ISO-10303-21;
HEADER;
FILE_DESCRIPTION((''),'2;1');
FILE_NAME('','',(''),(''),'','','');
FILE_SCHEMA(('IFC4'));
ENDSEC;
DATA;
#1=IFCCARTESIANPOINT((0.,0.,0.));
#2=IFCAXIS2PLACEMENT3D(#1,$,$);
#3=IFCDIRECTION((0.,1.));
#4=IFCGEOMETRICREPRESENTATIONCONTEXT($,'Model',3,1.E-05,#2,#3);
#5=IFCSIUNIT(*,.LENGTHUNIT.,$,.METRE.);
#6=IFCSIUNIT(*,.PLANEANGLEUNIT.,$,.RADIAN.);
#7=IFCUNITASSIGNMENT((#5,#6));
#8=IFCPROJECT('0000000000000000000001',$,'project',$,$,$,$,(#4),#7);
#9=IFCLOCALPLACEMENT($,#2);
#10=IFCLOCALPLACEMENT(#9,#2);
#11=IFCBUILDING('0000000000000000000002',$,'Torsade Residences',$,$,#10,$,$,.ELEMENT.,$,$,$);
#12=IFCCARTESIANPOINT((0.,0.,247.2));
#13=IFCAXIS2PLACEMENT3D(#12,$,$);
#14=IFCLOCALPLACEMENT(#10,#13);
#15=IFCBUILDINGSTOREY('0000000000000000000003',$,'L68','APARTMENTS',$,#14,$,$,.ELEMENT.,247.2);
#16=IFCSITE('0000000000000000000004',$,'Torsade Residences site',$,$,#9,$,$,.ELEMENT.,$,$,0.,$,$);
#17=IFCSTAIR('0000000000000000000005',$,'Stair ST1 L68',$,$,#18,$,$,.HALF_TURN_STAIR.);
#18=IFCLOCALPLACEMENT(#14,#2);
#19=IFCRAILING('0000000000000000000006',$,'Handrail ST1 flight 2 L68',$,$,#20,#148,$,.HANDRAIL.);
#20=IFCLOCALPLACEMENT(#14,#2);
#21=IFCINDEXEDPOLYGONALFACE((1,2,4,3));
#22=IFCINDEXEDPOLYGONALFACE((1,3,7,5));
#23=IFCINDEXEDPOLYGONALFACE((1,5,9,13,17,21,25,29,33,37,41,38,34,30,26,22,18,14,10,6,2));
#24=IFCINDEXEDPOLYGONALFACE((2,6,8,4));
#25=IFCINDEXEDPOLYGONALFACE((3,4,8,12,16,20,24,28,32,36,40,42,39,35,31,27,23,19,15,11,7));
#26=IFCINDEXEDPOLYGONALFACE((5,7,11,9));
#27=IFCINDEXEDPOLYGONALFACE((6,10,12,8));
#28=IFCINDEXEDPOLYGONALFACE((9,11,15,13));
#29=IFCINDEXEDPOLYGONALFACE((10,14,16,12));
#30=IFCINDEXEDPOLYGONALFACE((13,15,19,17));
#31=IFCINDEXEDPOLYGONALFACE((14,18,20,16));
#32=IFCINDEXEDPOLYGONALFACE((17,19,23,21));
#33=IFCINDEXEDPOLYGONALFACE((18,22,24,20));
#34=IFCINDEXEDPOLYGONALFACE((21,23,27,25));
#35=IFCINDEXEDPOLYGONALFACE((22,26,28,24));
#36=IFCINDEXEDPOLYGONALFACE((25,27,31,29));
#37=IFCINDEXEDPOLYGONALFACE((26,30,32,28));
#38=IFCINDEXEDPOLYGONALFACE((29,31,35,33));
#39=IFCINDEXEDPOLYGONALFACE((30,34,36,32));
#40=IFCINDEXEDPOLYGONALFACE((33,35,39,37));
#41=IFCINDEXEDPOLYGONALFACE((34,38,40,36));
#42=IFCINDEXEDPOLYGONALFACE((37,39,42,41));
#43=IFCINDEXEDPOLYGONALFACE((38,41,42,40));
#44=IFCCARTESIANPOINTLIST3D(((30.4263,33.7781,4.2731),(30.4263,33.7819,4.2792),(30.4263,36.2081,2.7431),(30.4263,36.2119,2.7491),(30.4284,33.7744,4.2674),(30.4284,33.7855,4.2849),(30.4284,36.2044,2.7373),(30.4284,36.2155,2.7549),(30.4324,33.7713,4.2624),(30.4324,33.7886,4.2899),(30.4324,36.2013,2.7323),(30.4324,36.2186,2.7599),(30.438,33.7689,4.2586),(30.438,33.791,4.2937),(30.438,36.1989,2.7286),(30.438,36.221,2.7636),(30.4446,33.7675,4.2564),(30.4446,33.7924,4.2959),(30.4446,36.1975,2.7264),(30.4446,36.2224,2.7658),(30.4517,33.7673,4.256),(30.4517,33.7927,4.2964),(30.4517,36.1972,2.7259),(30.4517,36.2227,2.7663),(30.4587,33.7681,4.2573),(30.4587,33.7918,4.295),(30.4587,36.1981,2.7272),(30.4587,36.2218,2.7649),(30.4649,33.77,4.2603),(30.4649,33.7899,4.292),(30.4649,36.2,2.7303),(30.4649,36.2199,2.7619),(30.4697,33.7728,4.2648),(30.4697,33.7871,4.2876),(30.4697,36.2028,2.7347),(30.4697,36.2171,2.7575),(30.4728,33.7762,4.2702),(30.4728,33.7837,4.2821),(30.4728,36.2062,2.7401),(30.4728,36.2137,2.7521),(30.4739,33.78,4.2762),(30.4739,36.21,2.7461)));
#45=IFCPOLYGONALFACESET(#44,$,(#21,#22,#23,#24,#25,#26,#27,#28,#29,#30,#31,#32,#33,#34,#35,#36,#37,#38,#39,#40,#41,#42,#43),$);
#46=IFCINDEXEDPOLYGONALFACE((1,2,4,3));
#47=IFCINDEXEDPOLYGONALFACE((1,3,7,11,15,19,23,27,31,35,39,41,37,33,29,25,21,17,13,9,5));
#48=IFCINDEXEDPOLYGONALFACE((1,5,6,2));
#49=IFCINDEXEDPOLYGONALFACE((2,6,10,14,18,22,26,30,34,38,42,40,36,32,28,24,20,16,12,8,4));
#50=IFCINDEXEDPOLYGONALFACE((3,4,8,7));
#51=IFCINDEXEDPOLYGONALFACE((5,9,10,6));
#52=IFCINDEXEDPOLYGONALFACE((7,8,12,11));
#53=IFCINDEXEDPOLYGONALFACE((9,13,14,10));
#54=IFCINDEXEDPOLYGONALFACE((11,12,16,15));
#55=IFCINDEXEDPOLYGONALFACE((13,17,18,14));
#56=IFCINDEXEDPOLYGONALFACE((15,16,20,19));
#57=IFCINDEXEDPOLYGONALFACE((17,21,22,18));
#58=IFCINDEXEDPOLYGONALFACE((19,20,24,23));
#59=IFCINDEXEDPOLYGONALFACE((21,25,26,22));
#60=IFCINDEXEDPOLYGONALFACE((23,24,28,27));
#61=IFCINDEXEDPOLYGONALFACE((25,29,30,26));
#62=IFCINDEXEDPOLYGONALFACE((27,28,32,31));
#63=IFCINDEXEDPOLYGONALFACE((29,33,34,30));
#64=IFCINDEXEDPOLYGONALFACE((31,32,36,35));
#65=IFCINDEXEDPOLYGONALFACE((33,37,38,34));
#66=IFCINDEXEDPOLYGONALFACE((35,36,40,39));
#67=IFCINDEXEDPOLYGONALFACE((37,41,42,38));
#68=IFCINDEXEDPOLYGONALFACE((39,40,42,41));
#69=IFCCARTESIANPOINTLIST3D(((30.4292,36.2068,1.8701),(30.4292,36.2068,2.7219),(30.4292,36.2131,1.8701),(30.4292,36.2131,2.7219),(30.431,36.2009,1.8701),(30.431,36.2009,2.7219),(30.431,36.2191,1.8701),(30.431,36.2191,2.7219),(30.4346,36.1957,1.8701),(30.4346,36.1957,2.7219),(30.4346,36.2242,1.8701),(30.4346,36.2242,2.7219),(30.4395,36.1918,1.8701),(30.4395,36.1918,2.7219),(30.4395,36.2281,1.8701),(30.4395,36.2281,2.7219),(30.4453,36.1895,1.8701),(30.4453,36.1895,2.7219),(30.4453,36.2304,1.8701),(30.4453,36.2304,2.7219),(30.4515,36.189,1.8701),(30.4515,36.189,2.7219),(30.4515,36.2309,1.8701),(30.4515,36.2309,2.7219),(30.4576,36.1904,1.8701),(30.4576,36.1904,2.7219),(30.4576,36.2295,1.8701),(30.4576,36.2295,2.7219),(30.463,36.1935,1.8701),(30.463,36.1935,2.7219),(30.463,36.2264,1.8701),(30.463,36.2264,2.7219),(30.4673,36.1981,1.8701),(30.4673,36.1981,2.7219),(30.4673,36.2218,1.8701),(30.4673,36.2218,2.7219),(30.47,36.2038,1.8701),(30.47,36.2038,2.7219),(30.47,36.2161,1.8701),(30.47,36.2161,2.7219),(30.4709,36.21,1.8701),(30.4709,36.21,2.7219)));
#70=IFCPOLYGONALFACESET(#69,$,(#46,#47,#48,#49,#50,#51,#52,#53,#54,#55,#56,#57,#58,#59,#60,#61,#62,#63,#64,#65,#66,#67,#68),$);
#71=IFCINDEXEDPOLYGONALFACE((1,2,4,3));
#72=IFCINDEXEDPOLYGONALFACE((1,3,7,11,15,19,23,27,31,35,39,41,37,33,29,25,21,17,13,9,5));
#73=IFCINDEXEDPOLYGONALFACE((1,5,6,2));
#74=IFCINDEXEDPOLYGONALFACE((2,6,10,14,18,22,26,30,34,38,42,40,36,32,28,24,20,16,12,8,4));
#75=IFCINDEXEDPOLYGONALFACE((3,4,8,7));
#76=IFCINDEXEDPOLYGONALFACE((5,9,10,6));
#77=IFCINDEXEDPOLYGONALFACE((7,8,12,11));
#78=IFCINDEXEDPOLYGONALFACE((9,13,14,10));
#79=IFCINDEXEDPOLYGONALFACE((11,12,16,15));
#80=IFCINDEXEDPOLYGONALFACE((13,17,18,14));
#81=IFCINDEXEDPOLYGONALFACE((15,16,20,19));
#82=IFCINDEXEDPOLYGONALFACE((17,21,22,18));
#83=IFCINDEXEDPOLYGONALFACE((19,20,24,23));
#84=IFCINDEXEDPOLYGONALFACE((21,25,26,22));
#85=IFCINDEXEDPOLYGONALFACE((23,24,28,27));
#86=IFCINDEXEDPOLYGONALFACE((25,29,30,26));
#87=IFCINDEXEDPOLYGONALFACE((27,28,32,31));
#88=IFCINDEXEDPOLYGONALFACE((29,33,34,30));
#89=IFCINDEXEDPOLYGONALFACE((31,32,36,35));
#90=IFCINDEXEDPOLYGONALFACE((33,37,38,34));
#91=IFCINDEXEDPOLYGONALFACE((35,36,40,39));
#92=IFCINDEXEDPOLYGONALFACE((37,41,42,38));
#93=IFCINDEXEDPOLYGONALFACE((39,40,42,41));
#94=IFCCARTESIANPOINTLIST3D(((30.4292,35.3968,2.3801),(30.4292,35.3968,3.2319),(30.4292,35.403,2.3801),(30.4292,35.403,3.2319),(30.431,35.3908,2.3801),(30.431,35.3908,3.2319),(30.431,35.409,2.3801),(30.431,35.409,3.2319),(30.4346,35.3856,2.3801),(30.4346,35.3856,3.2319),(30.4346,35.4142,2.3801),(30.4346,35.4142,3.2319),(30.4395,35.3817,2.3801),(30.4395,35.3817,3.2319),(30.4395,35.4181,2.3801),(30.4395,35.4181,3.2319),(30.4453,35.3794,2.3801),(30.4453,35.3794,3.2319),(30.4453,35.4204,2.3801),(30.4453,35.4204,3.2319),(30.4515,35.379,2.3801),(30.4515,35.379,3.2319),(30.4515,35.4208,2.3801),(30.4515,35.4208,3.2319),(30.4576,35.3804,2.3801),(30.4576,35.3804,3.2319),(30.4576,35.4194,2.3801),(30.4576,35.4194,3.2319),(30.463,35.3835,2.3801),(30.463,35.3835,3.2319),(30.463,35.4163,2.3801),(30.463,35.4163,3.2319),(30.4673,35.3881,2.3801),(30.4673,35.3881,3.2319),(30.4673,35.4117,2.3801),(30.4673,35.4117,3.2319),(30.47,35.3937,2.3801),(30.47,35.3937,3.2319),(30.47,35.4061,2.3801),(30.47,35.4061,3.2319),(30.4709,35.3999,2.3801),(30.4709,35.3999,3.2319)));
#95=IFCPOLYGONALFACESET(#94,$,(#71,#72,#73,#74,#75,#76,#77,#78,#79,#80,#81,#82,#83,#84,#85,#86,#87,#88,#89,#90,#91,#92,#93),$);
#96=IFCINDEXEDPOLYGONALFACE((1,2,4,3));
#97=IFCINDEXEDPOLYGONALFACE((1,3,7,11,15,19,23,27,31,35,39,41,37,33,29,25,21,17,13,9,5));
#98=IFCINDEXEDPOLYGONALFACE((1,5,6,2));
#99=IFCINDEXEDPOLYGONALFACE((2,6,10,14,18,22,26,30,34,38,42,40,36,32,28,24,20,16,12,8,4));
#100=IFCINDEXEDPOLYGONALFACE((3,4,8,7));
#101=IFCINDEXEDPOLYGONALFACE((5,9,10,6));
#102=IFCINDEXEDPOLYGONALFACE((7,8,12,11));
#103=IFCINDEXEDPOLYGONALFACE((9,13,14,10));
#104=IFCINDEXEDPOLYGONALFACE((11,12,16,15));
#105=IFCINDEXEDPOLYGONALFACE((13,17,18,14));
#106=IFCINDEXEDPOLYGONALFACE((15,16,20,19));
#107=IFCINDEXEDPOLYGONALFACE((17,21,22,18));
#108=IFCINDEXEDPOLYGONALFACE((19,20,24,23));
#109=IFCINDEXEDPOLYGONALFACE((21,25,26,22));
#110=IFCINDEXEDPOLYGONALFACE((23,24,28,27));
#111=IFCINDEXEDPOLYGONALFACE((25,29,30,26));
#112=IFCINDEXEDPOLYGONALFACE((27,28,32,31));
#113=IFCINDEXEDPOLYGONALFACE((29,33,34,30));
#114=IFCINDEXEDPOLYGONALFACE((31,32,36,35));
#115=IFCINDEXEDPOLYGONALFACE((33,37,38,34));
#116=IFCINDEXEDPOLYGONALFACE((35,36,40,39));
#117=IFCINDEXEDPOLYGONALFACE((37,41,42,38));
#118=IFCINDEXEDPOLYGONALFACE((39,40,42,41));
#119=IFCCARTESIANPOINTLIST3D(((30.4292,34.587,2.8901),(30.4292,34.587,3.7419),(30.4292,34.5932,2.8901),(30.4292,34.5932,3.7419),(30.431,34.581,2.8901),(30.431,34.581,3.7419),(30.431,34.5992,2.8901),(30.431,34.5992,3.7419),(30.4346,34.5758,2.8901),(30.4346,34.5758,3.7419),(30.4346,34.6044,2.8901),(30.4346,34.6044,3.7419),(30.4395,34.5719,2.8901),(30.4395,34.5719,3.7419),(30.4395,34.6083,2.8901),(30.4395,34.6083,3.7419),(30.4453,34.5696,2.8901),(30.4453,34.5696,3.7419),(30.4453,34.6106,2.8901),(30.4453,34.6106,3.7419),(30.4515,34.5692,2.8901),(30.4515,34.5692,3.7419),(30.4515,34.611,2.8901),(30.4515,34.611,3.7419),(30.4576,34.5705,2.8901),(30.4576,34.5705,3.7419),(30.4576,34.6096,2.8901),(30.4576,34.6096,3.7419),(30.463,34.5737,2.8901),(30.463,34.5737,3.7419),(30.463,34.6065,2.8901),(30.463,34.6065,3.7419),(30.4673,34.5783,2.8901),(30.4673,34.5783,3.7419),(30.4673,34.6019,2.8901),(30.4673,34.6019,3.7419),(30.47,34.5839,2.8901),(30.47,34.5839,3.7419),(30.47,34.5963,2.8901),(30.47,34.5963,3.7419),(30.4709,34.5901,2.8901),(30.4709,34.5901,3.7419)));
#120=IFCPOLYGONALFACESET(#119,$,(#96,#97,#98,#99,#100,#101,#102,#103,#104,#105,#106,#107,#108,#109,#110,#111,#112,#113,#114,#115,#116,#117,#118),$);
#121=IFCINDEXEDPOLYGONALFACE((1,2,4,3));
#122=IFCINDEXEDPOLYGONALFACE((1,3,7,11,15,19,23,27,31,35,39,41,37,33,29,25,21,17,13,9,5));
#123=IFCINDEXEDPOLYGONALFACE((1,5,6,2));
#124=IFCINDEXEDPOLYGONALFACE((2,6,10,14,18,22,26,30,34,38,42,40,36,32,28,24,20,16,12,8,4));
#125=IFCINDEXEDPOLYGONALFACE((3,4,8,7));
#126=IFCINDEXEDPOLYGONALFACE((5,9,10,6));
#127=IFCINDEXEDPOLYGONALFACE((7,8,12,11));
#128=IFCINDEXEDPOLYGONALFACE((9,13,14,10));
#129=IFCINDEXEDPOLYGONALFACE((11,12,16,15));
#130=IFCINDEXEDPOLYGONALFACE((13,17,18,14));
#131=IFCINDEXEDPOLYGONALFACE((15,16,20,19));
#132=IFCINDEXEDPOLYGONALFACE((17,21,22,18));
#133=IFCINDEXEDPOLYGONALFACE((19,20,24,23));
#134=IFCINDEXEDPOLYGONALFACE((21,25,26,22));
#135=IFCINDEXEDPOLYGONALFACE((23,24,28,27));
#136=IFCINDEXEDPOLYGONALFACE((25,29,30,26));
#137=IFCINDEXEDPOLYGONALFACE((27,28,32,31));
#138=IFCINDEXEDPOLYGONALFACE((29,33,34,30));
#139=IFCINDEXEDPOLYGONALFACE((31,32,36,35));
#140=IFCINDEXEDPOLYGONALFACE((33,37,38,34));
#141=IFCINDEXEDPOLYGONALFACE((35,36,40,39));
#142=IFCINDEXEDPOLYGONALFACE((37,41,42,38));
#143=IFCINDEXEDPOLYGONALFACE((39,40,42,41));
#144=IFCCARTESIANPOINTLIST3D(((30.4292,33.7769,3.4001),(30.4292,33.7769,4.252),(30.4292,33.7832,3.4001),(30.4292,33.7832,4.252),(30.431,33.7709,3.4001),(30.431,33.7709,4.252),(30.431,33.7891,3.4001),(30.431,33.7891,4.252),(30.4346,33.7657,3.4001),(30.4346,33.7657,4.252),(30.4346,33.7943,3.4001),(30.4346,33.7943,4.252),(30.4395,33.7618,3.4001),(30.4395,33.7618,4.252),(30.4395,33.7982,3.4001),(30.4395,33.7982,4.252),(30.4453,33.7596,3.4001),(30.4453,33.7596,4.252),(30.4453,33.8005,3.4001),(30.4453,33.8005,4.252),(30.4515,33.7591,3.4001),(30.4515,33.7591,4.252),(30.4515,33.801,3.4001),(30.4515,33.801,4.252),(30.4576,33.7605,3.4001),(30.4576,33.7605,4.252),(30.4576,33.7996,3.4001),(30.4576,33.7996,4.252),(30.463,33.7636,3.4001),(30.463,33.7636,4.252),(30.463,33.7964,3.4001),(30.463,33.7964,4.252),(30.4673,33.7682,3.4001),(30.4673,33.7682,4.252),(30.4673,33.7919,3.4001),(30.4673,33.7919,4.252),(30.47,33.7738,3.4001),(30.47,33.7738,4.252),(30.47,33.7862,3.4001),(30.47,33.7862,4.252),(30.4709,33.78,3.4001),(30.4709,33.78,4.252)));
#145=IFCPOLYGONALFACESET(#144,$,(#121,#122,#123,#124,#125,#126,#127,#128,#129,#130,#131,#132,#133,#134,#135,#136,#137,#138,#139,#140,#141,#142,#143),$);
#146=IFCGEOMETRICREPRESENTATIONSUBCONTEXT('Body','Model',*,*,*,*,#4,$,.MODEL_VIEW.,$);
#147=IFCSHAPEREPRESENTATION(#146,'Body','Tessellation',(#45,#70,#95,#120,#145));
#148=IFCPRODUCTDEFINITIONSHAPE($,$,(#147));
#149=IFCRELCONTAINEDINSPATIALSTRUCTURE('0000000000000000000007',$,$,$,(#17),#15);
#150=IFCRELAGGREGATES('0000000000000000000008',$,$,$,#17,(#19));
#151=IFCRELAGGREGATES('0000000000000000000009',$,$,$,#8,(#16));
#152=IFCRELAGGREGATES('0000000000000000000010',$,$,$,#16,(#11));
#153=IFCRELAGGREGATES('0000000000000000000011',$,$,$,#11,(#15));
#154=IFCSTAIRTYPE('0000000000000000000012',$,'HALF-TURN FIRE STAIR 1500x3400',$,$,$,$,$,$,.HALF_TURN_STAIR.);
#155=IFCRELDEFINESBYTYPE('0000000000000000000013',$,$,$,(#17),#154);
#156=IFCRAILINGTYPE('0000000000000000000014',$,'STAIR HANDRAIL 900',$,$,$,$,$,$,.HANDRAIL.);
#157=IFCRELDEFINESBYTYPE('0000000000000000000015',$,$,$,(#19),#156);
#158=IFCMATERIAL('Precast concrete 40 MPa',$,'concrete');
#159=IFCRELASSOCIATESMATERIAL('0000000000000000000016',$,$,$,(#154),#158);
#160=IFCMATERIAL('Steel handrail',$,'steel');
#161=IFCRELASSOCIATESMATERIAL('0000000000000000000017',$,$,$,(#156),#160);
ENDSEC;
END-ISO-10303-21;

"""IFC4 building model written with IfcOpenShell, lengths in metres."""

from ifc_helpers import new_model, si_unit, direction, frame, origin, origin_2d, place, context, subcontext, project, spatial, circle, extrude, material, type_object, element, aggregate, save


model = new_model("IFC4")

# Units and contexts
model_context = context("Model", 3, precision=1e-05, world=origin(), true_north=direction((0.0, 1.0)))
body_context = subcontext(model_context, "Body", "Model", "MODEL_VIEW")
ifc_project = project(units=[si_unit("LENGTHUNIT", "METRE"), si_unit("PLANEANGLEUNIT", "RADIAN")], contexts=[model_context])

# Site, building, storey
site_placement = place(None, origin())
site = spatial("IfcSite", under=ifc_project, at=site_placement, Name="Torsade Residences site", CompositionType="ELEMENT", RefElevation=0.0)
building_placement = place(site_placement, origin())
building = spatial("IfcBuilding", under=site, at=building_placement, Name="Torsade Residences", CompositionType="ELEMENT")
storey_placement = place(building_placement, frame((0.0, 0.0, 247.2)))
storey = spatial("IfcBuildingStorey", under=building, at=storey_placement, Name="L68", Description="APARTMENTS", CompositionType="ELEMENT", Elevation=247.2)

# Stair, railing
ifc_material_1 = material(Name="Precast concrete 40 MPa", Category="concrete")
stair_type = type_object("IfcStairType", Name="HALF-TURN FIRE STAIR 1500x3400", PredefinedType="HALF_TURN_STAIR", material=ifc_material_1)
stair_placement = place(storey_placement, origin())
stair = element("IfcStair", 1, at=stair_placement, inside=storey, type_object=stair_type, Name="Stair ST1 L68", PredefinedType="HALF_TURN_STAIR")
ifc_material_2 = material(Name="Steel handrail", Category="steel")
railing_type = type_object("IfcRailingType", Name="STAIR HANDRAIL 900", PredefinedType="HANDRAIL", material=ifc_material_2)
railing_1_placement = place(storey_placement, frame((30.45, 36.21, 1.8701)))
railing_1 = element("IfcRailing", 2, at=railing_1_placement, type_object=railing_type, Name="Handrail ST1 flight 2 L68", PredefinedType="HANDRAIL", context=body_context, shape_type="SweptSolid", body=[
    extrude(circle(Radius=0.0239, at=origin_2d()), frame((0.0, 0.0, 0.876), z_axis=(0.0, -0.846221, 0.532831), x_axis=(1.0, 0.0, 0.0)), (0.0, 0.0, 1.0), 2.8716),
    extrude(circle(Radius=0.021, at=origin_2d()), origin(), (0.0, 0.0, 1.0), 0.8518),
    extrude(circle(Radius=0.021, at=origin_2d()), frame((0.0, -0.8101, 0.51)), (0.0, 0.0, 1.0), 0.8518),
    extrude(circle(Radius=0.021, at=origin_2d()), frame((0.0, -1.6199, 1.02)), (0.0, 0.0, 1.0), 0.8518),
    extrude(circle(Radius=0.021, at=origin_2d()), frame((0.0, -2.4299, 1.53)), (0.0, 0.0, 1.0), 0.8518),
])
aggregate(stair, [railing_1])

save(model, "model.ifc")
